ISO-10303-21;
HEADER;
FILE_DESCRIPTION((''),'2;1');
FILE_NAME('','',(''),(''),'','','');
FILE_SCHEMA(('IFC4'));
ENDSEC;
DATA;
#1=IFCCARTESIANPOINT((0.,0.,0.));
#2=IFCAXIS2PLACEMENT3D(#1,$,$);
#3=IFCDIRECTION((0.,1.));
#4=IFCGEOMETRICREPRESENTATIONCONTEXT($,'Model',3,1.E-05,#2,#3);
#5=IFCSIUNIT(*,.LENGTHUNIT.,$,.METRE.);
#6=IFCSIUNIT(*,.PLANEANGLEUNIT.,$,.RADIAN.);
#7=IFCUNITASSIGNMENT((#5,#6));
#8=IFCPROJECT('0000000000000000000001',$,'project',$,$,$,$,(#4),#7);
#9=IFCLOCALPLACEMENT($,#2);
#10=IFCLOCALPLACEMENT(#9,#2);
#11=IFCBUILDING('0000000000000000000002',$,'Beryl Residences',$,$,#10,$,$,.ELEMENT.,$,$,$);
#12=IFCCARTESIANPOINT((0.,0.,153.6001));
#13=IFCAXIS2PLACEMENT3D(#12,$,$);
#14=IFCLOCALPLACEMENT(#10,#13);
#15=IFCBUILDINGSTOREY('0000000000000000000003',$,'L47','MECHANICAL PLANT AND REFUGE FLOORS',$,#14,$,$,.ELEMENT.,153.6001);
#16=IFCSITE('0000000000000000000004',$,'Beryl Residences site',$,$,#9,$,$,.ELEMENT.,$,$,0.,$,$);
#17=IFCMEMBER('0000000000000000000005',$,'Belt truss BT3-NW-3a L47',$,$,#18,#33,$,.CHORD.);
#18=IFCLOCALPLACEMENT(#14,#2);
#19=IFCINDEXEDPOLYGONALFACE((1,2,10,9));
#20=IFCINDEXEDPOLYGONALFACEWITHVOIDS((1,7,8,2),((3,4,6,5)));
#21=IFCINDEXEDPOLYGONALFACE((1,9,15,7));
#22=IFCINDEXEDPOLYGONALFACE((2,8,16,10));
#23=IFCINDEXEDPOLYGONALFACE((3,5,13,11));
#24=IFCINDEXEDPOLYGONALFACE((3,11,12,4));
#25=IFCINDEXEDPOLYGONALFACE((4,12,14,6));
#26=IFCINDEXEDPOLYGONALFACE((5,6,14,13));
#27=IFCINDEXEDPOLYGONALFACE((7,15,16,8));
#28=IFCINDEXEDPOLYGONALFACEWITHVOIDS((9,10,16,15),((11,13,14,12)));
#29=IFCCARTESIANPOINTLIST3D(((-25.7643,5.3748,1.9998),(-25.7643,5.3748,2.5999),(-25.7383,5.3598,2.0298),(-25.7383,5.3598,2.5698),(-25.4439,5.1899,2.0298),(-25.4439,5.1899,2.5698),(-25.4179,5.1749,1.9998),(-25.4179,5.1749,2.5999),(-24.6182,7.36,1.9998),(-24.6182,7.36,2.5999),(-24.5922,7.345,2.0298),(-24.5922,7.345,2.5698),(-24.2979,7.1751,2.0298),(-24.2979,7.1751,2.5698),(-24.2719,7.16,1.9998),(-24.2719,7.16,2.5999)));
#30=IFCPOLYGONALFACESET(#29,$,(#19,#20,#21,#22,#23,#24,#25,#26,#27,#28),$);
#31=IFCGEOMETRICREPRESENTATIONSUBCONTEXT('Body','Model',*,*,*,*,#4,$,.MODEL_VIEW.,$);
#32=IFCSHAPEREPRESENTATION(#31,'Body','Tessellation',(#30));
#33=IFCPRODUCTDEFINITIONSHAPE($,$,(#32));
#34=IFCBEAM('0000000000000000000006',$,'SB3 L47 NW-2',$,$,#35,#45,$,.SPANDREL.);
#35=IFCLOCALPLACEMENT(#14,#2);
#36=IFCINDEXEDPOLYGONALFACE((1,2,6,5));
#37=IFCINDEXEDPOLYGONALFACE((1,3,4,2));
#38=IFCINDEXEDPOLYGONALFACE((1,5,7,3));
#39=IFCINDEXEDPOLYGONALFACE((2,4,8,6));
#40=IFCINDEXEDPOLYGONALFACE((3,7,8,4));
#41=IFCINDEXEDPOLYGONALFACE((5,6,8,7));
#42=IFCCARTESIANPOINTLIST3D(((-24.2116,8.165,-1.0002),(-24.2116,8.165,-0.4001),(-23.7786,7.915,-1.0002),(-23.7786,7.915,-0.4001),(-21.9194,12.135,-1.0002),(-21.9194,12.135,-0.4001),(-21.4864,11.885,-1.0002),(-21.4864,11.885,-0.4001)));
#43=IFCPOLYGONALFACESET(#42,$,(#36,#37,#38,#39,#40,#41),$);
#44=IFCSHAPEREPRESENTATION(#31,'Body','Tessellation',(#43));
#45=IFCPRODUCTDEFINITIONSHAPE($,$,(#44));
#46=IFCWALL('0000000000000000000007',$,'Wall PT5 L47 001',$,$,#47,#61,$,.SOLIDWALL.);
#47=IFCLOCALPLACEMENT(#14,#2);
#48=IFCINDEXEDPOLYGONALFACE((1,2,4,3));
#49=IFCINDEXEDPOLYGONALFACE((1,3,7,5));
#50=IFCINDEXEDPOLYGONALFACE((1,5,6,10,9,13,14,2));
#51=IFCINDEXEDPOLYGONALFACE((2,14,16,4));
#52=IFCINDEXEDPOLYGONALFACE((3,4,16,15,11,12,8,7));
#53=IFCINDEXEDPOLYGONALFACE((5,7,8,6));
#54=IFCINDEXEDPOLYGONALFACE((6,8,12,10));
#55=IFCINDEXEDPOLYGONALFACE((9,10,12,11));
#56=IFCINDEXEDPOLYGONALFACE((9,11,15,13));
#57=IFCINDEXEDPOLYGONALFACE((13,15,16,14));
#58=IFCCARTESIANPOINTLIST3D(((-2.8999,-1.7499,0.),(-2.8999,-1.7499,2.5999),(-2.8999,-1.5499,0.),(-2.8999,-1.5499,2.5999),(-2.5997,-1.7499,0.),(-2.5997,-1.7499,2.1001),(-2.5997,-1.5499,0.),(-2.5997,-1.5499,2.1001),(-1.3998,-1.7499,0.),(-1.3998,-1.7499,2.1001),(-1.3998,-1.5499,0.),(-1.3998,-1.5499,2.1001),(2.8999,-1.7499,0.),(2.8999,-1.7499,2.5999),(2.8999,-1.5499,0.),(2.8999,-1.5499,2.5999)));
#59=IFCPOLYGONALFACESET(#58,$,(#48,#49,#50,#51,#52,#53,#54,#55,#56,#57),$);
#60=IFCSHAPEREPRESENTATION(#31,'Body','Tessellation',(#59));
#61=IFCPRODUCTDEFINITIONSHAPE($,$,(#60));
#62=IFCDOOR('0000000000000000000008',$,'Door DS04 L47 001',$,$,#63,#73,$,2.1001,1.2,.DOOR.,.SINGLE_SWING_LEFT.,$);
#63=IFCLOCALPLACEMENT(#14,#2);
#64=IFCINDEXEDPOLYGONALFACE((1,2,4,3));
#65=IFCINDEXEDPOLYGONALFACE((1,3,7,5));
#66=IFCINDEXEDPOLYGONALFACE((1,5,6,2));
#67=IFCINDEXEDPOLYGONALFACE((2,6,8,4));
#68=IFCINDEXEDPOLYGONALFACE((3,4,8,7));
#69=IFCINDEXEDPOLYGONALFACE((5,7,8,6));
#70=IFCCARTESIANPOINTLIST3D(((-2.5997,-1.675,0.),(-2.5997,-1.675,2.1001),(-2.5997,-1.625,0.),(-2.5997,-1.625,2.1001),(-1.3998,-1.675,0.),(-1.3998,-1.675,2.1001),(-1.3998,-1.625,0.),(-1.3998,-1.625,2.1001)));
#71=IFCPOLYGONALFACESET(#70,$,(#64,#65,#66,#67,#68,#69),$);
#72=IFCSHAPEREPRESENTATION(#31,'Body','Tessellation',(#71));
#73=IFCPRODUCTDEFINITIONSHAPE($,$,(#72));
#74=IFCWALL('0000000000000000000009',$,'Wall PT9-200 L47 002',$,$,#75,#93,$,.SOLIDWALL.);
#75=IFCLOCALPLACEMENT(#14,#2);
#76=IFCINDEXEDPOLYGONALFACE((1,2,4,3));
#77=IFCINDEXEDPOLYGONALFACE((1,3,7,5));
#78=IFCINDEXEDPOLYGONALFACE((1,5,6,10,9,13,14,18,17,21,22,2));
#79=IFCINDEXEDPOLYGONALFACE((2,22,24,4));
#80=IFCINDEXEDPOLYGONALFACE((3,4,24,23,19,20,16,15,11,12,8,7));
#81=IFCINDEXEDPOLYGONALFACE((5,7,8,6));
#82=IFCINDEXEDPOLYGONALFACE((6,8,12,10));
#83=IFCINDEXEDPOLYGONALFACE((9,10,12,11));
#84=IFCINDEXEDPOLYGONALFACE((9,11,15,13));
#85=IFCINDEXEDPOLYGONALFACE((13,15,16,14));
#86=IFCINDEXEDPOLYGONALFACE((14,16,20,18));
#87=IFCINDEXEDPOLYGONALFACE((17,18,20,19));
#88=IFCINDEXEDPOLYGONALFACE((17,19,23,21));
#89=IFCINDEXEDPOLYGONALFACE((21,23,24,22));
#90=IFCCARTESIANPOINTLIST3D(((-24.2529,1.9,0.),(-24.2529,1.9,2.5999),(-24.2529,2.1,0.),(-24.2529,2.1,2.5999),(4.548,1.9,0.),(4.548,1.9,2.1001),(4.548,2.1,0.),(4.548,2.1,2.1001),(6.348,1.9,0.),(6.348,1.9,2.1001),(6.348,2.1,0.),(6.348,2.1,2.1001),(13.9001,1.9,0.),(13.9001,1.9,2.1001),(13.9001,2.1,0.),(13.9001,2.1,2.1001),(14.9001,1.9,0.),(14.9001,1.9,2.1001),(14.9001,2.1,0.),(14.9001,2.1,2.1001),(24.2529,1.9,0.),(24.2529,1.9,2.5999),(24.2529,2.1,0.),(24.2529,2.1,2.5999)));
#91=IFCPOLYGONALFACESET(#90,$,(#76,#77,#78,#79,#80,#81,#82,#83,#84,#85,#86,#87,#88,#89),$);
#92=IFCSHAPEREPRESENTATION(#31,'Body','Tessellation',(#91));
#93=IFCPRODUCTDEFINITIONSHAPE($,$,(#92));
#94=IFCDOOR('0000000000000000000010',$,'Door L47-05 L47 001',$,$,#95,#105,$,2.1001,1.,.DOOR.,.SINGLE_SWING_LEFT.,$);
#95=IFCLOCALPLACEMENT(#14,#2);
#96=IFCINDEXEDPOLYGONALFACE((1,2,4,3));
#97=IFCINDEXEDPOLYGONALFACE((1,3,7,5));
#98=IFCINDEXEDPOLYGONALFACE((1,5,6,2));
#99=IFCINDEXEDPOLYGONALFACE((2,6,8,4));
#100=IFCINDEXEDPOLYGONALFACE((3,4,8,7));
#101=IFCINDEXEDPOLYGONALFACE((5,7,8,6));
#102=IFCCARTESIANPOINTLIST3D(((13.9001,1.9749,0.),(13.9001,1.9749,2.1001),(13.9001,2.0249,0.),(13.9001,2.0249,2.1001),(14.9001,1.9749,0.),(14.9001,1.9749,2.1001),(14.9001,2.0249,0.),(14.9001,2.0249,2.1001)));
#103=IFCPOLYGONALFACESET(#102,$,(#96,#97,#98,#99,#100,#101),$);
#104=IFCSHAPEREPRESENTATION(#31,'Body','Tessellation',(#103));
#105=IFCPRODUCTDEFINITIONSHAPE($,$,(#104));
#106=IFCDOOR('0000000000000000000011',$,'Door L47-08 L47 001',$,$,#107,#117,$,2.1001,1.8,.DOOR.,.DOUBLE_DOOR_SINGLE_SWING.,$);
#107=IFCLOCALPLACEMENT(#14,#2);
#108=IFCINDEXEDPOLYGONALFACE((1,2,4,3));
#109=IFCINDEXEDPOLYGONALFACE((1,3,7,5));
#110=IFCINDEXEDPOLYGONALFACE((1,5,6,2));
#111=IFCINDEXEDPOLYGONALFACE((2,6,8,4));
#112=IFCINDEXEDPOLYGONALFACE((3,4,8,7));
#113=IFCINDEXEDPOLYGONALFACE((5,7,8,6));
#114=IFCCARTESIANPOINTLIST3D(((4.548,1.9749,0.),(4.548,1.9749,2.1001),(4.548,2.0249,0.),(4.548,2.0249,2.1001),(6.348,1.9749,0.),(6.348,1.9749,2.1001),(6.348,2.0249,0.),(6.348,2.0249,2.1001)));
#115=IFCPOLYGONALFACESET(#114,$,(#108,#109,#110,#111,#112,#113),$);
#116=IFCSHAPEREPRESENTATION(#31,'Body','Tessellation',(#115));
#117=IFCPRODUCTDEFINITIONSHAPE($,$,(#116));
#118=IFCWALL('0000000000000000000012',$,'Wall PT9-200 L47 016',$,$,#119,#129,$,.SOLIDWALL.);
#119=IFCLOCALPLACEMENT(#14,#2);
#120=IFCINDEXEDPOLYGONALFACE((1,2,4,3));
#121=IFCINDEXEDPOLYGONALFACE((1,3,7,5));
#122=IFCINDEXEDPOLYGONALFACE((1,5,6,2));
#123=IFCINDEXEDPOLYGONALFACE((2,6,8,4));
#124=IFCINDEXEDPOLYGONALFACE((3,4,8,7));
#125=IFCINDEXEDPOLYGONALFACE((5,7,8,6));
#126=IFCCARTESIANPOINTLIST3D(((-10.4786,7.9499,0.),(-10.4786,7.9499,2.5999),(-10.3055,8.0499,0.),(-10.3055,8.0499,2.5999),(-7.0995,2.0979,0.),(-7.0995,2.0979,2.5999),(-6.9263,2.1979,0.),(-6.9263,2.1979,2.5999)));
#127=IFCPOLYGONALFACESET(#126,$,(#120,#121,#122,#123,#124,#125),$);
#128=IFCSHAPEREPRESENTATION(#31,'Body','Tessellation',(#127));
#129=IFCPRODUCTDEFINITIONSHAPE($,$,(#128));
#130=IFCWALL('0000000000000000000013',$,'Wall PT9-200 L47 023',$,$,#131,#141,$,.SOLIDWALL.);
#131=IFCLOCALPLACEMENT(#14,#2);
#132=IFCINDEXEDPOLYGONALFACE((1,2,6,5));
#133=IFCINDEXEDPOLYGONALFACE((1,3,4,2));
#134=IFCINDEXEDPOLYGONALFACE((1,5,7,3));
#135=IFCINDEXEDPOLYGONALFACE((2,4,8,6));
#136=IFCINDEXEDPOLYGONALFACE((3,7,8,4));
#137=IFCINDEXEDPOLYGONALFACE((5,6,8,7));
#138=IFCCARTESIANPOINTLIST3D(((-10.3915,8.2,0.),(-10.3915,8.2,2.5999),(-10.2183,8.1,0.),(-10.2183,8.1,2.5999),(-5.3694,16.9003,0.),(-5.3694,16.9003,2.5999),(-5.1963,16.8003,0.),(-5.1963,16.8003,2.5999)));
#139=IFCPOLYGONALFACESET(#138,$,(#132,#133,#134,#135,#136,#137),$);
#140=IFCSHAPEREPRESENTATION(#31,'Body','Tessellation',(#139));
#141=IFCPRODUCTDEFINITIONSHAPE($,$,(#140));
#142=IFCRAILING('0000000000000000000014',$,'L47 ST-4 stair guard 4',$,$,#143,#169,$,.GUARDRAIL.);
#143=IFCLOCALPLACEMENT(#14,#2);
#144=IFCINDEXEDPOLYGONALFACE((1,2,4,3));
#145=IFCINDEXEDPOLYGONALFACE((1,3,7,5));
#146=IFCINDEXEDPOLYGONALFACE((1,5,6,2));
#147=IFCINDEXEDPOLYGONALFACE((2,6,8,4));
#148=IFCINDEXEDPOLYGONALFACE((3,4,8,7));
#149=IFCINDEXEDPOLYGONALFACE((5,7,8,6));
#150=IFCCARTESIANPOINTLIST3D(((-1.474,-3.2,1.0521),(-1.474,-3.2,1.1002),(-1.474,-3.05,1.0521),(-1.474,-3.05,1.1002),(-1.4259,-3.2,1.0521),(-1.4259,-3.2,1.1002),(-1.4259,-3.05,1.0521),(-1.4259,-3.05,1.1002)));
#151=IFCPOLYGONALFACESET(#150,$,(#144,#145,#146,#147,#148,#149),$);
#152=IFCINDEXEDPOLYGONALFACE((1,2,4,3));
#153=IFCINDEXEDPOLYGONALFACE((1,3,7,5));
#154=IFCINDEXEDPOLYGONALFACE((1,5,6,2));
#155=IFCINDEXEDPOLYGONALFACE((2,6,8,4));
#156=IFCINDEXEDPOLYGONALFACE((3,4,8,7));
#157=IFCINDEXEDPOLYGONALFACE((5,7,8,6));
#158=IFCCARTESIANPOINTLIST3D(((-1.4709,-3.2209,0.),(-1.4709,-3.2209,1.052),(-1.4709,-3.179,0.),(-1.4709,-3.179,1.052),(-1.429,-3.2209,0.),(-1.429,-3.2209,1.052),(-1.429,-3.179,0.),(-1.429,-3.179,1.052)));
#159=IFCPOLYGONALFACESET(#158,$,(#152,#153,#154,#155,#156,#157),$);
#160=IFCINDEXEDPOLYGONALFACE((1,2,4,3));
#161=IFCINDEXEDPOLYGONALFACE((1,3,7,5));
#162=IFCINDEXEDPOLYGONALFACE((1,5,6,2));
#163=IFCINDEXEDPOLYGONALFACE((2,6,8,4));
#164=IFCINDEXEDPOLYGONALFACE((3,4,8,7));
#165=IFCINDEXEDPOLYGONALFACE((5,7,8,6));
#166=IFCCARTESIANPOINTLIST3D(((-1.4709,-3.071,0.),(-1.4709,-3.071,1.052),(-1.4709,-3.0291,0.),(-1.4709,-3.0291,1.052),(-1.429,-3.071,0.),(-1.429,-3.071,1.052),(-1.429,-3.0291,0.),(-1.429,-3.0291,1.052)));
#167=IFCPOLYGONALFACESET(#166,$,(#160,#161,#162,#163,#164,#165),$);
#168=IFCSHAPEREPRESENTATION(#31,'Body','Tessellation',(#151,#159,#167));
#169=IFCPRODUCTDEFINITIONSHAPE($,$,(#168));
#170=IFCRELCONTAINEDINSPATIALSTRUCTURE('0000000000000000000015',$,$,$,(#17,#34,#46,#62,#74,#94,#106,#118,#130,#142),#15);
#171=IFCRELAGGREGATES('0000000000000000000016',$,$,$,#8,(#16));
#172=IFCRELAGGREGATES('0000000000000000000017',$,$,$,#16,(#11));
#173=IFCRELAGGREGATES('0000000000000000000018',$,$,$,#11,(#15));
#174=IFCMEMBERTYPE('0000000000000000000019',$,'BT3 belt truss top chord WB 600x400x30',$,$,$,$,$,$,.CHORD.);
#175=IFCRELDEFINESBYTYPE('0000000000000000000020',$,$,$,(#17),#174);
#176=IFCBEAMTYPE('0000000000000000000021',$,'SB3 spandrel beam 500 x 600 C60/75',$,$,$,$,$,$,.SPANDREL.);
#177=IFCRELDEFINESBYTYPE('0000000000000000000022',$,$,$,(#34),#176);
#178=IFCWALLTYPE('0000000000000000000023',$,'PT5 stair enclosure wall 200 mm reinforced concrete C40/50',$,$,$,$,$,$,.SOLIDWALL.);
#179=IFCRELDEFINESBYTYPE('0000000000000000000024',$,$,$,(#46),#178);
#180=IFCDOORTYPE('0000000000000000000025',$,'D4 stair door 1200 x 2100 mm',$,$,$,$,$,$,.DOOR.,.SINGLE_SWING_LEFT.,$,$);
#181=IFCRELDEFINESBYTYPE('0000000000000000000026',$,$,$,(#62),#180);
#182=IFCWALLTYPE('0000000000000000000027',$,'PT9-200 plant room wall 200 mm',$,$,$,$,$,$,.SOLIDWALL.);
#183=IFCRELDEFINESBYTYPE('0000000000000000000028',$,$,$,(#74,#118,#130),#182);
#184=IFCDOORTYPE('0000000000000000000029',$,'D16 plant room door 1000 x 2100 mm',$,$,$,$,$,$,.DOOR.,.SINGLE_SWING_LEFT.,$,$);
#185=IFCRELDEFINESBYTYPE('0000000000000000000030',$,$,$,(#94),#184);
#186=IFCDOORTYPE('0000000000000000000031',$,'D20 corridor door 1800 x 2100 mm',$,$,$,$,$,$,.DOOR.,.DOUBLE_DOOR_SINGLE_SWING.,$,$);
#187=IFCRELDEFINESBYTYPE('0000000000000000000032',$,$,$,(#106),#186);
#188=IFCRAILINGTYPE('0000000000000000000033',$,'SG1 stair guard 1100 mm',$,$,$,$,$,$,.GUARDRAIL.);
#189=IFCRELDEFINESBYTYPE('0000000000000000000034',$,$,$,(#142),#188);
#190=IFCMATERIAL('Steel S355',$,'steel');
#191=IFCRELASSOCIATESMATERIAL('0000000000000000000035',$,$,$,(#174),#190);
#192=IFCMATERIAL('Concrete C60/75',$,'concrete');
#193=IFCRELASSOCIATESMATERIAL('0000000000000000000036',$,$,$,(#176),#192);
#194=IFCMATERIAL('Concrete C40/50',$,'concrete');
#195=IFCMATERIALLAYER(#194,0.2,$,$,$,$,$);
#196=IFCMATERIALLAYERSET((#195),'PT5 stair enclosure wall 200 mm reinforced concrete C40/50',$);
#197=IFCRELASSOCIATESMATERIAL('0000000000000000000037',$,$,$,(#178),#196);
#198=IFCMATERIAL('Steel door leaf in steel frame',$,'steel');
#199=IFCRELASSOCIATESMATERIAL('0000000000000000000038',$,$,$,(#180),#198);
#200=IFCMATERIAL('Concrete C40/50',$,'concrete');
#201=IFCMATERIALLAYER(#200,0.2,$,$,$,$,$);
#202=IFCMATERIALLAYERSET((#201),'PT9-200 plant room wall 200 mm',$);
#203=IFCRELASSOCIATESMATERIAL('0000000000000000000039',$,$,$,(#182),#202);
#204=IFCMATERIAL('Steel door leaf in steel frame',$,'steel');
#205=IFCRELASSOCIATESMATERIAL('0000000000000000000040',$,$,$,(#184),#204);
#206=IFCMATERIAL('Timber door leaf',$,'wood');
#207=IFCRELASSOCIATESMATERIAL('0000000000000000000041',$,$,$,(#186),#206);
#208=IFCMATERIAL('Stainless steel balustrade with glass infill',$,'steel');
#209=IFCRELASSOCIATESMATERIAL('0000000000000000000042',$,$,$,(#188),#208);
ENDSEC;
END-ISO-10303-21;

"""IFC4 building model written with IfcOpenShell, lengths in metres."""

from ifc_helpers import new_model, si_unit, direction, frame, frame_2d, origin, origin_2d, place, context, subcontext, project, spatial, rectangle, hollow_rectangle, extrude, material, layer, layer_set, material_profile, profile_set, type_object, element, fill, save


model = new_model("IFC4")

# Units and contexts
model_context = context("Model", 3, precision=1e-05, world=origin(), true_north=direction((0.0, 1.0)))
body_context = subcontext(model_context, "Body", "Model", "MODEL_VIEW")
ifc_project = project(units=[si_unit("LENGTHUNIT", "METRE"), si_unit("PLANEANGLEUNIT", "RADIAN")], contexts=[model_context])

# Site, building, storey
site_placement = place(None, origin())
site = spatial("IfcSite", under=ifc_project, at=site_placement, Name="Beryl Residences site", CompositionType="ELEMENT", RefElevation=0.0)
building_placement = place(site_placement, origin())
building = spatial("IfcBuilding", under=site, at=building_placement, Name="Beryl Residences", CompositionType="ELEMENT")
storey_placement = place(building_placement, frame((0.0, 0.0, 153.6001)))
storey = spatial("IfcBuildingStorey", under=building, at=storey_placement, Name="L47", Description="MECHANICAL PLANT AND REFUGE FLOORS", CompositionType="ELEMENT", Elevation=153.6001)

# Member
ifc_material_1 = material(Name="Steel S355", Category="steel")
ifc_material_profile_1 = material_profile(ifc_material_1, hollow_rectangle(XDim=0.3999, YDim=0.6001, WallThickness=0.03, at=origin_2d()))
ifc_profile_set_1 = profile_set([ifc_material_profile_1], Name="Steel S355")
member_type_1 = type_object("IfcMemberType", Name="BT3 belt truss top chord WB 600x400x30", PredefinedType="CHORD", material=ifc_profile_set_1)
member_1_placement = place(storey_placement, frame((-24.4451, 7.26, 2.2998), z_axis=(-0.499965, -0.866045, 0.0), x_axis=(0.866045, -0.499965, 0.0)))
element("IfcMember", 1, at=member_1_placement, inside=storey, type_object=member_type_1, Name="Belt truss BT3-NW-3a L47", PredefinedType="CHORD", context=body_context, shape_type="SweptSolid", body=[
    extrude(hollow_rectangle(XDim=0.3999, YDim=0.6001, WallThickness=0.03, at=origin_2d()), origin(), (0.0, 0.0, 1.0), 2.2922),
])

# Beam
ifc_material_2 = material(Name="Concrete C60/75", Category="concrete")
ifc_material_profile_2 = material_profile(ifc_material_2, rectangle(XDim=0.5, YDim=0.6001, at=origin_2d()))
ifc_profile_set_2 = profile_set([ifc_material_profile_2], Name="Concrete C60/75")
beam_type = type_object("IfcBeamType", Name="SB3 spandrel beam 500 x 600 C60/75", PredefinedType="SPANDREL", material=ifc_profile_set_2)
beam_placement = place(storey_placement, frame((-21.7029, 12.01, -0.7002), z_axis=(-0.500028, -0.866009, 0.0), x_axis=(0.866009, -0.500028, 0.0)))
element("IfcBeam", 2, at=beam_placement, inside=storey, type_object=beam_type, Name="SB3 L47 NW-2", PredefinedType="SPANDREL", context=body_context, shape_type="SweptSolid", body=[
    extrude(rectangle(XDim=0.5, YDim=0.6001, at=origin_2d()), origin(), (0.0, 0.0, 1.0), 4.5842),
])

# Wall, opening, door
ifc_material_3 = material(Name="Concrete C40/50", Category="concrete")
ifc_layer_1 = layer(ifc_material_3, 0.2)
ifc_layer_set_1 = layer_set([ifc_layer_1], Name="PT5 stair enclosure wall 200 mm reinforced concrete C40/50")
wall_type_1 = type_object("IfcWallType", Name="PT5 stair enclosure wall 200 mm reinforced concrete C40/50", PredefinedType="SOLIDWALL", material=ifc_layer_set_1)
wall_1_placement = place(storey_placement, frame((-2.8999, -1.6499, 0.0), z_axis=(0.0, 0.0, 1.0), x_axis=(1.0, 0.0, 0.0)))
wall_1 = element("IfcWall", 3, at=wall_1_placement, inside=storey, type_object=wall_type_1, Name="Wall PT5 L47 001", PredefinedType="SOLIDWALL", context=body_context, shape_type="SweptSolid", body=[
    extrude(rectangle(XDim=5.7998, YDim=0.2, at=frame_2d((2.8999, 0.0))), origin(), (0.0, 0.0, 1.0), 2.5999),
])
opening_1_placement = place(wall_1_placement, frame((0.3, 0.0, 0.0)))
opening_1 = element("IfcOpeningElement", 4, at=opening_1_placement, cuts=wall_1, PredefinedType="OPENING", context=body_context, shape_type="SweptSolid", body=[
    extrude(rectangle(XDim=1.2, YDim=2.1001, at=frame_2d((0.6001, 1.05))), frame((0.0, 0.1099, 0.0), z_axis=(0.0, -1.0, 0.0), x_axis=(1.0, 0.0, 0.0)), (0.0, 0.0, 1.0), 0.22),
])
ifc_material_4 = material(Name="Steel door leaf in steel frame", Category="steel")
door_type_1 = type_object("IfcDoorType", Name="D4 stair door 1200 x 2100 mm", OperationType="SINGLE_SWING_LEFT", PredefinedType="DOOR", material=ifc_material_4)
door_1_placement = place(opening_1_placement, origin())
door_1 = element("IfcDoor", 5, at=door_1_placement, inside=storey, type_object=door_type_1, Name="Door DS04 L47 001", OperationType="SINGLE_SWING_LEFT", OverallHeight=2.1001, OverallWidth=1.2, PredefinedType="DOOR", context=body_context, shape_type="SweptSolid", body=[
    extrude(rectangle(XDim=1.2, YDim=2.1001, at=frame_2d((0.6001, 1.05))), frame((0.0, 0.0249, 0.0), z_axis=(0.0, -1.0, 0.0), x_axis=(1.0, 0.0, 0.0)), (0.0, 0.0, 1.0), 0.05),
])
fill(opening_1, door_1)

# Wall, openings, doors
ifc_material_5 = material(Name="Concrete C40/50", Category="concrete")
ifc_layer_2 = layer(ifc_material_5, 0.2)
ifc_layer_set_2 = layer_set([ifc_layer_2], Name="PT9-200 plant room wall 200 mm")
wall_type_2 = type_object("IfcWallType", Name="PT9-200 plant room wall 200 mm", PredefinedType="SOLIDWALL", material=ifc_layer_set_2)
wall_2_placement = place(storey_placement, frame((-24.2529, 2.0, 0.0), z_axis=(0.0, 0.0, 1.0), x_axis=(1.0, 0.0, 0.0)))
wall_2 = element("IfcWall", 6, at=wall_2_placement, inside=storey, type_object=wall_type_2, Name="Wall PT9-200 L47 002", PredefinedType="SOLIDWALL", context=body_context, shape_type="SweptSolid", body=[
    extrude(rectangle(XDim=48.5059, YDim=0.2, at=frame_2d((24.2529, 0.0))), origin(), (0.0, 0.0, 1.0), 2.5999),
])
opening_2_placement = place(wall_2_placement, frame((38.1531, 0.0, 0.0)))
opening_2 = element("IfcOpeningElement", 7, at=opening_2_placement, cuts=wall_2, PredefinedType="OPENING", context=body_context, shape_type="SweptSolid", body=[
    extrude(rectangle(XDim=1.0, YDim=2.1001, at=frame_2d((0.5, 1.05))), frame((0.0, 0.1099, 0.0), z_axis=(0.0, -1.0, 0.0), x_axis=(1.0, 0.0, 0.0)), (0.0, 0.0, 1.0), 0.22),
])
opening_3_placement = place(wall_2_placement, frame((28.801, 0.0, 0.0)))
opening_3 = element("IfcOpeningElement", 8, at=opening_3_placement, cuts=wall_2, PredefinedType="OPENING", context=body_context, shape_type="SweptSolid", body=[
    extrude(rectangle(XDim=1.8, YDim=2.1001, at=frame_2d((0.8999, 1.05))), frame((0.0, 0.1099, 0.0), z_axis=(0.0, -1.0, 0.0), x_axis=(1.0, 0.0, 0.0)), (0.0, 0.0, 1.0), 0.22),
])
ifc_material_6 = material(Name="Steel door leaf in steel frame", Category="steel")
door_type_2 = type_object("IfcDoorType", Name="D16 plant room door 1000 x 2100 mm", OperationType="SINGLE_SWING_LEFT", PredefinedType="DOOR", material=ifc_material_6)
door_2_placement = place(opening_2_placement, origin())
door_2 = element("IfcDoor", 9, at=door_2_placement, inside=storey, type_object=door_type_2, Name="Door L47-05 L47 001", OperationType="SINGLE_SWING_LEFT", OverallHeight=2.1001, OverallWidth=1.0, PredefinedType="DOOR", context=body_context, shape_type="SweptSolid", body=[
    extrude(rectangle(XDim=1.0, YDim=2.1001, at=frame_2d((0.5, 1.05))), frame((0.0, 0.0249, 0.0), z_axis=(0.0, -1.0, 0.0), x_axis=(1.0, 0.0, 0.0)), (0.0, 0.0, 1.0), 0.05),
])
fill(opening_2, door_2)
ifc_material_7 = material(Name="Timber door leaf", Category="wood")
door_type_3 = type_object("IfcDoorType", Name="D20 corridor door 1800 x 2100 mm", OperationType="DOUBLE_DOOR_SINGLE_SWING", PredefinedType="DOOR", material=ifc_material_7)
door_3_placement = place(opening_3_placement, origin())
door_3 = element("IfcDoor", 10, at=door_3_placement, inside=storey, type_object=door_type_3, Name="Door L47-08 L47 001", OperationType="DOUBLE_DOOR_SINGLE_SWING", OverallHeight=2.1001, OverallWidth=1.8, PredefinedType="DOOR", context=body_context, shape_type="SweptSolid", body=[
    extrude(rectangle(XDim=1.8, YDim=2.1001, at=frame_2d((0.8999, 1.05))), frame((0.0, 0.0249, 0.0), z_axis=(0.0, -1.0, 0.0), x_axis=(1.0, 0.0, 0.0)), (0.0, 0.0, 1.0), 0.05),
])
fill(opening_3, door_3)

# Walls
wall_3_placement = place(storey_placement, frame((-10.3921, 8.0, 0.0), z_axis=(0.0, 0.0, 1.0), x_axis=(0.500052, -0.865995, 0.0)))
element("IfcWall", 11, at=wall_3_placement, inside=storey, type_object=wall_type_2, Name="Wall PT9-200 L47 016", PredefinedType="SOLIDWALL", context=body_context, shape_type="SweptSolid", body=[
    extrude(rectangle(XDim=6.7576, YDim=0.2, at=frame_2d((3.3789, 0.0))), origin(), (0.0, 0.0, 1.0), 2.5999),
])
wall_4_placement = place(storey_placement, frame((-10.3049, 8.1499, 0.0), z_axis=(0.0, 0.0, 1.0), x_axis=(0.499919, 0.866072, 0.0)))
element("IfcWall", 12, at=wall_4_placement, inside=storey, type_object=wall_type_2, Name="Wall PT9-200 L47 023", PredefinedType="SOLIDWALL", context=body_context, shape_type="SweptSolid", body=[
    extrude(rectangle(XDim=10.0457, YDim=0.2, at=frame_2d((5.0229, 0.0))), origin(), (0.0, 0.0, 1.0), 2.5999),
])

# Railing
ifc_material_8 = material(Name="Stainless steel balustrade with glass infill", Category="steel")
railing_type = type_object("IfcRailingType", Name="SG1 stair guard 1100 mm", PredefinedType="GUARDRAIL", material=ifc_material_8)
railing_placement = place(storey_placement, frame((-1.45, -3.2, 0.0)))
element("IfcRailing", 13, at=railing_placement, inside=storey, type_object=railing_type, Name="L47 ST-4 stair guard 4", PredefinedType="GUARDRAIL", context=body_context, shape_type="SweptSolid", body=[
    extrude(rectangle(XDim=0.0481, YDim=0.0481, at=origin_2d()), frame((0.0, 0.0, 1.0762), z_axis=(0.0, 1.0, 0.0), x_axis=(-1.0, 0.0, 0.0)), (0.0, 0.0, 1.0), 0.1499),
    extrude(rectangle(XDim=0.042, YDim=0.042, at=origin_2d()), origin(), (0.0, 0.0, 1.0), 1.052),
    extrude(rectangle(XDim=0.042, YDim=0.042, at=origin_2d()), frame((0.0, 0.1499, 0.0)), (0.0, 0.0, 1.0), 1.052),
])

save(model, "model.ifc")
